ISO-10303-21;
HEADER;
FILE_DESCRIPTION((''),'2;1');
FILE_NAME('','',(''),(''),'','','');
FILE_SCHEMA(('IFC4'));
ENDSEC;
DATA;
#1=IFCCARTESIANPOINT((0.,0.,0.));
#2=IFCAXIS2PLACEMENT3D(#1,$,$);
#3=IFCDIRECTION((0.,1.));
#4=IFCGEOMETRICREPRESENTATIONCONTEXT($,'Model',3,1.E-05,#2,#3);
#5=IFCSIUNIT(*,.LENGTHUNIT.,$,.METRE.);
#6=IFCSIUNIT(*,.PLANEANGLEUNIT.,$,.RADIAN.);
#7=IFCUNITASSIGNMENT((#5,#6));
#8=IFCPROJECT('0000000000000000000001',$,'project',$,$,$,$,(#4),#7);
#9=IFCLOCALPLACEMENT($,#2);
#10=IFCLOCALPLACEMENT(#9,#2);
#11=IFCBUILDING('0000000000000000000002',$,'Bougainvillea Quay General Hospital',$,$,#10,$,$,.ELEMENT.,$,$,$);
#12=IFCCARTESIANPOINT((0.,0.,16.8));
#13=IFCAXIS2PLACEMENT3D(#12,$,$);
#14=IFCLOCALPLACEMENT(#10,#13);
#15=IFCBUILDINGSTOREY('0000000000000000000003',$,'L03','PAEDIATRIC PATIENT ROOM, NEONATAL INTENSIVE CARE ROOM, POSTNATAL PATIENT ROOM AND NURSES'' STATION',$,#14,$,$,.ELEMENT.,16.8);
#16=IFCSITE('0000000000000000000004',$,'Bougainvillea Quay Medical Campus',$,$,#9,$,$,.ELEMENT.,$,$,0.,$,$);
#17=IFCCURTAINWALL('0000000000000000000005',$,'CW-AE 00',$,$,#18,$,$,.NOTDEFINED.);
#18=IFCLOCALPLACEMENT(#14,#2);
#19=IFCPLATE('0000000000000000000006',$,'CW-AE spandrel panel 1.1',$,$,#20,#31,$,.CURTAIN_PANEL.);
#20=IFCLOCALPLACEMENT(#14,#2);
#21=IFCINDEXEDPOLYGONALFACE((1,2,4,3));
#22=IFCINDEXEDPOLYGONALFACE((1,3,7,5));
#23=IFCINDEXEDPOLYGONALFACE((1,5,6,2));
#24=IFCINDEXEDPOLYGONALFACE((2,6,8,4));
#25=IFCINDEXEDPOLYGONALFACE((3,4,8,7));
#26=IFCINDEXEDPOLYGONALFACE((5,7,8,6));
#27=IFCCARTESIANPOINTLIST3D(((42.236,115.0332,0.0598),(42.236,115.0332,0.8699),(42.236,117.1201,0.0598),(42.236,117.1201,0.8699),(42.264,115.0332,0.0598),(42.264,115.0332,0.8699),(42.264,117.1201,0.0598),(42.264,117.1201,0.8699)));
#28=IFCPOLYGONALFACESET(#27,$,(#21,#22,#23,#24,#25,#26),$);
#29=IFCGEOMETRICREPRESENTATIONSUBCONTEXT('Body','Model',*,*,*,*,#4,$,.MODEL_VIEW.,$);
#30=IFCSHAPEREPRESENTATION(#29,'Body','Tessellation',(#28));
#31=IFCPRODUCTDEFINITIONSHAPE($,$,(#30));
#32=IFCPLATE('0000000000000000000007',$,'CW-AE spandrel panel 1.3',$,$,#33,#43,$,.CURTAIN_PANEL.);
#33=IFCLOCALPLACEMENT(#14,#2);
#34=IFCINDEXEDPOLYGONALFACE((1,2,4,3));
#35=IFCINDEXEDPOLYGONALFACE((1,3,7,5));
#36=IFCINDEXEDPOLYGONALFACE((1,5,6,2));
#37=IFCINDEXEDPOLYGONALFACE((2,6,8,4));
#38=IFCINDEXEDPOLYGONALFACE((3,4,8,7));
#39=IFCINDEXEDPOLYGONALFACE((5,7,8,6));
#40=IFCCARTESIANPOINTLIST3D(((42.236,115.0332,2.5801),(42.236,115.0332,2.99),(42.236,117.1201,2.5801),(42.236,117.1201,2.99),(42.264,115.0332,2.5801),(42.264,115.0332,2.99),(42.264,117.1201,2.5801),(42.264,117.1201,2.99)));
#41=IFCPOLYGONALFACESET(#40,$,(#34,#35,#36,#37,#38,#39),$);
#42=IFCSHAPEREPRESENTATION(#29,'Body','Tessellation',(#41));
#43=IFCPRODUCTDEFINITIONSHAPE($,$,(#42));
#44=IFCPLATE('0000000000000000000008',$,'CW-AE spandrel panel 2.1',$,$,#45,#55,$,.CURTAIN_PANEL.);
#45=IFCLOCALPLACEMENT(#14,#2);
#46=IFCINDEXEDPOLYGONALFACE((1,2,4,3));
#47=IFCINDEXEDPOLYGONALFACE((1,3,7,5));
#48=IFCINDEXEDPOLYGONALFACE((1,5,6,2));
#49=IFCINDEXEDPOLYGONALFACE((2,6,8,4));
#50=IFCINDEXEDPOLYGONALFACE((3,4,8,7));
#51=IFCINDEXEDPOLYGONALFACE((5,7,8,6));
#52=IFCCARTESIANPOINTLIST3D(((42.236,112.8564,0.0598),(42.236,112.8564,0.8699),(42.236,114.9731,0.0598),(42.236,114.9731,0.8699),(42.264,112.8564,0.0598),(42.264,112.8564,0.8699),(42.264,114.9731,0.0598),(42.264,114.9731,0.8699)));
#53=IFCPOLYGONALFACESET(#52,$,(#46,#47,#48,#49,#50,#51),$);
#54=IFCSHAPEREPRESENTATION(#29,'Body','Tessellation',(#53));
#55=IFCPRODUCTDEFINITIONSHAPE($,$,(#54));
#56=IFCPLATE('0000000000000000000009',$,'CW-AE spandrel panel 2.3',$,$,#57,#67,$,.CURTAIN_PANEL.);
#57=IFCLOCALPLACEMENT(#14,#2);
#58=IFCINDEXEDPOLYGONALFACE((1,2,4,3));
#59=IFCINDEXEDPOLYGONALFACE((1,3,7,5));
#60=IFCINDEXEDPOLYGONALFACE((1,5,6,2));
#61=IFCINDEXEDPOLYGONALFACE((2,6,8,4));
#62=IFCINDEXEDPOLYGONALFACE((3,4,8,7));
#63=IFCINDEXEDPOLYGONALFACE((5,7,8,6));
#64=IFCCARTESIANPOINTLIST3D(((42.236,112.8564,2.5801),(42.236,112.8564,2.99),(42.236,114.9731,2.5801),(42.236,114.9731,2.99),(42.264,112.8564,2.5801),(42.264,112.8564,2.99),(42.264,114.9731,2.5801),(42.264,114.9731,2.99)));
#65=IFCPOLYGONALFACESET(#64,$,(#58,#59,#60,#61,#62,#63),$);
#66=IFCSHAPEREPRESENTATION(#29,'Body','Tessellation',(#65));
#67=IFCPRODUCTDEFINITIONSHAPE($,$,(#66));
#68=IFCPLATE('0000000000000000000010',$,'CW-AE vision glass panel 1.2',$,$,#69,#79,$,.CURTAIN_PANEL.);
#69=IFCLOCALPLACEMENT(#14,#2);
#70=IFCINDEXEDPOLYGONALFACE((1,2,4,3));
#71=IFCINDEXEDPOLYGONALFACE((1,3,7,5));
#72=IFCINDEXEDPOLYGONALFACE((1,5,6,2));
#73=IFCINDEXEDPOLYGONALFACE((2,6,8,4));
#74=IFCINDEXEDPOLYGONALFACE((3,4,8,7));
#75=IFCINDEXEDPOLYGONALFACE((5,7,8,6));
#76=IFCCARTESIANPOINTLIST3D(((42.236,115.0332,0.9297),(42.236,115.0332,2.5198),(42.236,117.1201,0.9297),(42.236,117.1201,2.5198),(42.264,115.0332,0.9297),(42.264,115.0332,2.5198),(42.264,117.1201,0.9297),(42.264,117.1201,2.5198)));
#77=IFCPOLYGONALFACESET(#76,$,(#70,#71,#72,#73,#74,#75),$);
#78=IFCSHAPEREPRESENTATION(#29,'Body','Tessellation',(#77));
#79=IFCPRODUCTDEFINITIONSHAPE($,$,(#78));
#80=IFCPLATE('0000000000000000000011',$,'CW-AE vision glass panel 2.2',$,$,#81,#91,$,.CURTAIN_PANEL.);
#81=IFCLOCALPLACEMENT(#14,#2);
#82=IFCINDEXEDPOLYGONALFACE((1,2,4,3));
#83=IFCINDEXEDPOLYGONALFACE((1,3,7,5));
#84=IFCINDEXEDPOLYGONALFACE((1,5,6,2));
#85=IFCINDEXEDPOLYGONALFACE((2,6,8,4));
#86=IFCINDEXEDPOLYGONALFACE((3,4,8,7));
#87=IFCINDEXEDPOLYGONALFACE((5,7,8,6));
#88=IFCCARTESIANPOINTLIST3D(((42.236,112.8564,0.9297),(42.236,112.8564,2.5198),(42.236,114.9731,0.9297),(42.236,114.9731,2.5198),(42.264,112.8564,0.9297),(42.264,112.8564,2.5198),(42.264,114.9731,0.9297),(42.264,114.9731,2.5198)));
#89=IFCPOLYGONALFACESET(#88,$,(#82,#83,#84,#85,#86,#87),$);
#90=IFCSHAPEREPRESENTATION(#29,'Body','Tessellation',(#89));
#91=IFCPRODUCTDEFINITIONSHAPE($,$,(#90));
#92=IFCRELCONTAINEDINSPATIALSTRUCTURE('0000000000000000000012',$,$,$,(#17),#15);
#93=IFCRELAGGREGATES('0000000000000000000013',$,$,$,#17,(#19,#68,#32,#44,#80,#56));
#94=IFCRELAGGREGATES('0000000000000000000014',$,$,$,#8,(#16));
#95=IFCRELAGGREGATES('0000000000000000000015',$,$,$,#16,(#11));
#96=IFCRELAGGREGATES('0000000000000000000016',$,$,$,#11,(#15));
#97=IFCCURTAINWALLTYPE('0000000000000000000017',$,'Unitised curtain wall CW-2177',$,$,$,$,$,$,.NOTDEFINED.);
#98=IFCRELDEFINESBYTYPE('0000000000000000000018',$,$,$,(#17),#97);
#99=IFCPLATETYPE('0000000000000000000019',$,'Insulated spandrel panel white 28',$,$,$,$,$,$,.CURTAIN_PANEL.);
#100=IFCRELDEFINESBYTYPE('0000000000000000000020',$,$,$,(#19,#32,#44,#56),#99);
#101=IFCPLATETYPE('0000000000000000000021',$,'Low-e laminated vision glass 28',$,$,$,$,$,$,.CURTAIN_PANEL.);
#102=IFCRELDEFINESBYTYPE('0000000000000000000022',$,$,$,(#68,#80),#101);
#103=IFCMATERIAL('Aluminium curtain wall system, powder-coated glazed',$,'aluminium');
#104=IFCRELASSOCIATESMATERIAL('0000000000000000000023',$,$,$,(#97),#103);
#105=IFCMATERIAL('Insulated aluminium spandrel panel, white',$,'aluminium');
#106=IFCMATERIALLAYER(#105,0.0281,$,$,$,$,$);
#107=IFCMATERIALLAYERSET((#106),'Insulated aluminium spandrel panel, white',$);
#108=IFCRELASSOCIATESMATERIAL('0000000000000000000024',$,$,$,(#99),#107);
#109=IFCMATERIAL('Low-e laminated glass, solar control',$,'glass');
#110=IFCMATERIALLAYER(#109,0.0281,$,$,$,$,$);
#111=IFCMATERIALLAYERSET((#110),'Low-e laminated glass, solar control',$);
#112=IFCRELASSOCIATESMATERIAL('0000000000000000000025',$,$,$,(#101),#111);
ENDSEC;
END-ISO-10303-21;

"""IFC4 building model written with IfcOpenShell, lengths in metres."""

from ifc_helpers import new_model, si_unit, direction, frame, origin, origin_2d, place, context, subcontext, project, spatial, rectangle, extrude, material, layer, layer_set, type_object, element, aggregate, save


model = new_model("IFC4")

# Units and contexts
model_context = context("Model", 3, precision=1e-05, world=origin(), true_north=direction((0.0, 1.0)))
body_context = subcontext(model_context, "Body", "Model", "MODEL_VIEW")
ifc_project = project(units=[si_unit("LENGTHUNIT", "METRE"), si_unit("PLANEANGLEUNIT", "RADIAN")], contexts=[model_context])

# Site, building, storey
site_placement = place(None, origin())
site = spatial("IfcSite", under=ifc_project, at=site_placement, Name="Bougainvillea Quay Medical Campus", CompositionType="ELEMENT", RefElevation=0.0)
building_placement = place(site_placement, origin())
building = spatial("IfcBuilding", under=site, at=building_placement, Name="Bougainvillea Quay General Hospital", CompositionType="ELEMENT")
storey_placement = place(building_placement, frame((0.0, 0.0, 16.8)))
storey = spatial("IfcBuildingStorey", under=building, at=storey_placement, Name="L03", Description="PAEDIATRIC PATIENT ROOM, NEONATAL INTENSIVE CARE ROOM, POSTNATAL PATIENT ROOM AND NURSES' STATION", CompositionType="ELEMENT", Elevation=16.8)

# Curtain wall, plates
ifc_material_1 = material(Name="Aluminium curtain wall system, powder-coated glazed", Category="aluminium")
curtain_wall_type = type_object("IfcCurtainWallType", Name="Unitised curtain wall CW-2177", PredefinedType="NOTDEFINED", material=ifc_material_1)
curtain_wall_placement = place(storey_placement, origin())
curtain_wall = element("IfcCurtainWall", 1, at=curtain_wall_placement, inside=storey, type_object=curtain_wall_type, Name="CW-AE 00", PredefinedType="NOTDEFINED")
ifc_material_2 = material(Name="Insulated aluminium spandrel panel, white", Category="aluminium")
ifc_layer_1 = layer(ifc_material_2, 0.0281)
ifc_layer_set_1 = layer_set([ifc_layer_1], Name="Insulated aluminium spandrel panel, white")
plate_type_1 = type_object("IfcPlateType", Name="Insulated spandrel panel white 28", PredefinedType="CURTAIN_PANEL", material=ifc_layer_set_1)
plate_1_placement = place(storey_placement, frame((42.25, 116.0767, 0.0598), z_axis=(0.0, 0.0, 1.0), x_axis=(0.0, -1.0, 0.0)))
plate_1 = element("IfcPlate", 2, at=plate_1_placement, type_object=plate_type_1, Name="CW-AE spandrel panel 1.1", PredefinedType="CURTAIN_PANEL", context=body_context, shape_type="SweptSolid", body=[
    extrude(rectangle(XDim=2.0869, YDim=0.0281, at=origin_2d()), origin(), (0.0, 0.0, 1.0), 0.8101),
])
plate_2_placement = place(storey_placement, frame((42.25, 116.0767, 2.5801), z_axis=(0.0, 0.0, 1.0), x_axis=(0.0, -1.0, 0.0)))
plate_2 = element("IfcPlate", 3, at=plate_2_placement, type_object=plate_type_1, Name="CW-AE spandrel panel 1.3", PredefinedType="CURTAIN_PANEL", context=body_context, shape_type="SweptSolid", body=[
    extrude(rectangle(XDim=2.0869, YDim=0.0281, at=origin_2d()), origin(), (0.0, 0.0, 1.0), 0.4099),
])
plate_3_placement = place(storey_placement, frame((42.25, 113.9148, 0.0598), z_axis=(0.0, 0.0, 1.0), x_axis=(0.0, -1.0, 0.0)))
plate_3 = element("IfcPlate", 4, at=plate_3_placement, type_object=plate_type_1, Name="CW-AE spandrel panel 2.1", PredefinedType="CURTAIN_PANEL", context=body_context, shape_type="SweptSolid", body=[
    extrude(rectangle(XDim=2.1167, YDim=0.0281, at=origin_2d()), origin(), (0.0, 0.0, 1.0), 0.8101),
])
plate_4_placement = place(storey_placement, frame((42.25, 113.9148, 2.5801), z_axis=(0.0, 0.0, 1.0), x_axis=(0.0, -1.0, 0.0)))
plate_4 = element("IfcPlate", 5, at=plate_4_placement, type_object=plate_type_1, Name="CW-AE spandrel panel 2.3", PredefinedType="CURTAIN_PANEL", context=body_context, shape_type="SweptSolid", body=[
    extrude(rectangle(XDim=2.1167, YDim=0.0281, at=origin_2d()), origin(), (0.0, 0.0, 1.0), 0.4099),
])
ifc_material_3 = material(Name="Low-e laminated glass, solar control", Category="glass")
ifc_layer_2 = layer(ifc_material_3, 0.0281)
ifc_layer_set_2 = layer_set([ifc_layer_2], Name="Low-e laminated glass, solar control")
plate_type_2 = type_object("IfcPlateType", Name="Low-e laminated vision glass 28", PredefinedType="CURTAIN_PANEL", material=ifc_layer_set_2)
plate_5_placement = place(storey_placement, frame((42.25, 116.0767, 0.9297), z_axis=(0.0, 0.0, 1.0), x_axis=(0.0, -1.0, 0.0)))
plate_5 = element("IfcPlate", 6, at=plate_5_placement, type_object=plate_type_2, Name="CW-AE vision glass panel 1.2", PredefinedType="CURTAIN_PANEL", context=body_context, shape_type="SweptSolid", body=[
    extrude(rectangle(XDim=2.0869, YDim=0.0281, at=origin_2d()), origin(), (0.0, 0.0, 1.0), 1.5901),
])
plate_6_placement = place(storey_placement, frame((42.25, 113.9148, 0.9297), z_axis=(0.0, 0.0, 1.0), x_axis=(0.0, -1.0, 0.0)))
plate_6 = element("IfcPlate", 7, at=plate_6_placement, type_object=plate_type_2, Name="CW-AE vision glass panel 2.2", PredefinedType="CURTAIN_PANEL", context=body_context, shape_type="SweptSolid", body=[
    extrude(rectangle(XDim=2.1167, YDim=0.0281, at=origin_2d()), origin(), (0.0, 0.0, 1.0), 1.5901),
])
aggregate(curtain_wall, [plate_1, plate_5, plate_2, plate_3, plate_6, plate_4])

save(model, "model.ifc")
